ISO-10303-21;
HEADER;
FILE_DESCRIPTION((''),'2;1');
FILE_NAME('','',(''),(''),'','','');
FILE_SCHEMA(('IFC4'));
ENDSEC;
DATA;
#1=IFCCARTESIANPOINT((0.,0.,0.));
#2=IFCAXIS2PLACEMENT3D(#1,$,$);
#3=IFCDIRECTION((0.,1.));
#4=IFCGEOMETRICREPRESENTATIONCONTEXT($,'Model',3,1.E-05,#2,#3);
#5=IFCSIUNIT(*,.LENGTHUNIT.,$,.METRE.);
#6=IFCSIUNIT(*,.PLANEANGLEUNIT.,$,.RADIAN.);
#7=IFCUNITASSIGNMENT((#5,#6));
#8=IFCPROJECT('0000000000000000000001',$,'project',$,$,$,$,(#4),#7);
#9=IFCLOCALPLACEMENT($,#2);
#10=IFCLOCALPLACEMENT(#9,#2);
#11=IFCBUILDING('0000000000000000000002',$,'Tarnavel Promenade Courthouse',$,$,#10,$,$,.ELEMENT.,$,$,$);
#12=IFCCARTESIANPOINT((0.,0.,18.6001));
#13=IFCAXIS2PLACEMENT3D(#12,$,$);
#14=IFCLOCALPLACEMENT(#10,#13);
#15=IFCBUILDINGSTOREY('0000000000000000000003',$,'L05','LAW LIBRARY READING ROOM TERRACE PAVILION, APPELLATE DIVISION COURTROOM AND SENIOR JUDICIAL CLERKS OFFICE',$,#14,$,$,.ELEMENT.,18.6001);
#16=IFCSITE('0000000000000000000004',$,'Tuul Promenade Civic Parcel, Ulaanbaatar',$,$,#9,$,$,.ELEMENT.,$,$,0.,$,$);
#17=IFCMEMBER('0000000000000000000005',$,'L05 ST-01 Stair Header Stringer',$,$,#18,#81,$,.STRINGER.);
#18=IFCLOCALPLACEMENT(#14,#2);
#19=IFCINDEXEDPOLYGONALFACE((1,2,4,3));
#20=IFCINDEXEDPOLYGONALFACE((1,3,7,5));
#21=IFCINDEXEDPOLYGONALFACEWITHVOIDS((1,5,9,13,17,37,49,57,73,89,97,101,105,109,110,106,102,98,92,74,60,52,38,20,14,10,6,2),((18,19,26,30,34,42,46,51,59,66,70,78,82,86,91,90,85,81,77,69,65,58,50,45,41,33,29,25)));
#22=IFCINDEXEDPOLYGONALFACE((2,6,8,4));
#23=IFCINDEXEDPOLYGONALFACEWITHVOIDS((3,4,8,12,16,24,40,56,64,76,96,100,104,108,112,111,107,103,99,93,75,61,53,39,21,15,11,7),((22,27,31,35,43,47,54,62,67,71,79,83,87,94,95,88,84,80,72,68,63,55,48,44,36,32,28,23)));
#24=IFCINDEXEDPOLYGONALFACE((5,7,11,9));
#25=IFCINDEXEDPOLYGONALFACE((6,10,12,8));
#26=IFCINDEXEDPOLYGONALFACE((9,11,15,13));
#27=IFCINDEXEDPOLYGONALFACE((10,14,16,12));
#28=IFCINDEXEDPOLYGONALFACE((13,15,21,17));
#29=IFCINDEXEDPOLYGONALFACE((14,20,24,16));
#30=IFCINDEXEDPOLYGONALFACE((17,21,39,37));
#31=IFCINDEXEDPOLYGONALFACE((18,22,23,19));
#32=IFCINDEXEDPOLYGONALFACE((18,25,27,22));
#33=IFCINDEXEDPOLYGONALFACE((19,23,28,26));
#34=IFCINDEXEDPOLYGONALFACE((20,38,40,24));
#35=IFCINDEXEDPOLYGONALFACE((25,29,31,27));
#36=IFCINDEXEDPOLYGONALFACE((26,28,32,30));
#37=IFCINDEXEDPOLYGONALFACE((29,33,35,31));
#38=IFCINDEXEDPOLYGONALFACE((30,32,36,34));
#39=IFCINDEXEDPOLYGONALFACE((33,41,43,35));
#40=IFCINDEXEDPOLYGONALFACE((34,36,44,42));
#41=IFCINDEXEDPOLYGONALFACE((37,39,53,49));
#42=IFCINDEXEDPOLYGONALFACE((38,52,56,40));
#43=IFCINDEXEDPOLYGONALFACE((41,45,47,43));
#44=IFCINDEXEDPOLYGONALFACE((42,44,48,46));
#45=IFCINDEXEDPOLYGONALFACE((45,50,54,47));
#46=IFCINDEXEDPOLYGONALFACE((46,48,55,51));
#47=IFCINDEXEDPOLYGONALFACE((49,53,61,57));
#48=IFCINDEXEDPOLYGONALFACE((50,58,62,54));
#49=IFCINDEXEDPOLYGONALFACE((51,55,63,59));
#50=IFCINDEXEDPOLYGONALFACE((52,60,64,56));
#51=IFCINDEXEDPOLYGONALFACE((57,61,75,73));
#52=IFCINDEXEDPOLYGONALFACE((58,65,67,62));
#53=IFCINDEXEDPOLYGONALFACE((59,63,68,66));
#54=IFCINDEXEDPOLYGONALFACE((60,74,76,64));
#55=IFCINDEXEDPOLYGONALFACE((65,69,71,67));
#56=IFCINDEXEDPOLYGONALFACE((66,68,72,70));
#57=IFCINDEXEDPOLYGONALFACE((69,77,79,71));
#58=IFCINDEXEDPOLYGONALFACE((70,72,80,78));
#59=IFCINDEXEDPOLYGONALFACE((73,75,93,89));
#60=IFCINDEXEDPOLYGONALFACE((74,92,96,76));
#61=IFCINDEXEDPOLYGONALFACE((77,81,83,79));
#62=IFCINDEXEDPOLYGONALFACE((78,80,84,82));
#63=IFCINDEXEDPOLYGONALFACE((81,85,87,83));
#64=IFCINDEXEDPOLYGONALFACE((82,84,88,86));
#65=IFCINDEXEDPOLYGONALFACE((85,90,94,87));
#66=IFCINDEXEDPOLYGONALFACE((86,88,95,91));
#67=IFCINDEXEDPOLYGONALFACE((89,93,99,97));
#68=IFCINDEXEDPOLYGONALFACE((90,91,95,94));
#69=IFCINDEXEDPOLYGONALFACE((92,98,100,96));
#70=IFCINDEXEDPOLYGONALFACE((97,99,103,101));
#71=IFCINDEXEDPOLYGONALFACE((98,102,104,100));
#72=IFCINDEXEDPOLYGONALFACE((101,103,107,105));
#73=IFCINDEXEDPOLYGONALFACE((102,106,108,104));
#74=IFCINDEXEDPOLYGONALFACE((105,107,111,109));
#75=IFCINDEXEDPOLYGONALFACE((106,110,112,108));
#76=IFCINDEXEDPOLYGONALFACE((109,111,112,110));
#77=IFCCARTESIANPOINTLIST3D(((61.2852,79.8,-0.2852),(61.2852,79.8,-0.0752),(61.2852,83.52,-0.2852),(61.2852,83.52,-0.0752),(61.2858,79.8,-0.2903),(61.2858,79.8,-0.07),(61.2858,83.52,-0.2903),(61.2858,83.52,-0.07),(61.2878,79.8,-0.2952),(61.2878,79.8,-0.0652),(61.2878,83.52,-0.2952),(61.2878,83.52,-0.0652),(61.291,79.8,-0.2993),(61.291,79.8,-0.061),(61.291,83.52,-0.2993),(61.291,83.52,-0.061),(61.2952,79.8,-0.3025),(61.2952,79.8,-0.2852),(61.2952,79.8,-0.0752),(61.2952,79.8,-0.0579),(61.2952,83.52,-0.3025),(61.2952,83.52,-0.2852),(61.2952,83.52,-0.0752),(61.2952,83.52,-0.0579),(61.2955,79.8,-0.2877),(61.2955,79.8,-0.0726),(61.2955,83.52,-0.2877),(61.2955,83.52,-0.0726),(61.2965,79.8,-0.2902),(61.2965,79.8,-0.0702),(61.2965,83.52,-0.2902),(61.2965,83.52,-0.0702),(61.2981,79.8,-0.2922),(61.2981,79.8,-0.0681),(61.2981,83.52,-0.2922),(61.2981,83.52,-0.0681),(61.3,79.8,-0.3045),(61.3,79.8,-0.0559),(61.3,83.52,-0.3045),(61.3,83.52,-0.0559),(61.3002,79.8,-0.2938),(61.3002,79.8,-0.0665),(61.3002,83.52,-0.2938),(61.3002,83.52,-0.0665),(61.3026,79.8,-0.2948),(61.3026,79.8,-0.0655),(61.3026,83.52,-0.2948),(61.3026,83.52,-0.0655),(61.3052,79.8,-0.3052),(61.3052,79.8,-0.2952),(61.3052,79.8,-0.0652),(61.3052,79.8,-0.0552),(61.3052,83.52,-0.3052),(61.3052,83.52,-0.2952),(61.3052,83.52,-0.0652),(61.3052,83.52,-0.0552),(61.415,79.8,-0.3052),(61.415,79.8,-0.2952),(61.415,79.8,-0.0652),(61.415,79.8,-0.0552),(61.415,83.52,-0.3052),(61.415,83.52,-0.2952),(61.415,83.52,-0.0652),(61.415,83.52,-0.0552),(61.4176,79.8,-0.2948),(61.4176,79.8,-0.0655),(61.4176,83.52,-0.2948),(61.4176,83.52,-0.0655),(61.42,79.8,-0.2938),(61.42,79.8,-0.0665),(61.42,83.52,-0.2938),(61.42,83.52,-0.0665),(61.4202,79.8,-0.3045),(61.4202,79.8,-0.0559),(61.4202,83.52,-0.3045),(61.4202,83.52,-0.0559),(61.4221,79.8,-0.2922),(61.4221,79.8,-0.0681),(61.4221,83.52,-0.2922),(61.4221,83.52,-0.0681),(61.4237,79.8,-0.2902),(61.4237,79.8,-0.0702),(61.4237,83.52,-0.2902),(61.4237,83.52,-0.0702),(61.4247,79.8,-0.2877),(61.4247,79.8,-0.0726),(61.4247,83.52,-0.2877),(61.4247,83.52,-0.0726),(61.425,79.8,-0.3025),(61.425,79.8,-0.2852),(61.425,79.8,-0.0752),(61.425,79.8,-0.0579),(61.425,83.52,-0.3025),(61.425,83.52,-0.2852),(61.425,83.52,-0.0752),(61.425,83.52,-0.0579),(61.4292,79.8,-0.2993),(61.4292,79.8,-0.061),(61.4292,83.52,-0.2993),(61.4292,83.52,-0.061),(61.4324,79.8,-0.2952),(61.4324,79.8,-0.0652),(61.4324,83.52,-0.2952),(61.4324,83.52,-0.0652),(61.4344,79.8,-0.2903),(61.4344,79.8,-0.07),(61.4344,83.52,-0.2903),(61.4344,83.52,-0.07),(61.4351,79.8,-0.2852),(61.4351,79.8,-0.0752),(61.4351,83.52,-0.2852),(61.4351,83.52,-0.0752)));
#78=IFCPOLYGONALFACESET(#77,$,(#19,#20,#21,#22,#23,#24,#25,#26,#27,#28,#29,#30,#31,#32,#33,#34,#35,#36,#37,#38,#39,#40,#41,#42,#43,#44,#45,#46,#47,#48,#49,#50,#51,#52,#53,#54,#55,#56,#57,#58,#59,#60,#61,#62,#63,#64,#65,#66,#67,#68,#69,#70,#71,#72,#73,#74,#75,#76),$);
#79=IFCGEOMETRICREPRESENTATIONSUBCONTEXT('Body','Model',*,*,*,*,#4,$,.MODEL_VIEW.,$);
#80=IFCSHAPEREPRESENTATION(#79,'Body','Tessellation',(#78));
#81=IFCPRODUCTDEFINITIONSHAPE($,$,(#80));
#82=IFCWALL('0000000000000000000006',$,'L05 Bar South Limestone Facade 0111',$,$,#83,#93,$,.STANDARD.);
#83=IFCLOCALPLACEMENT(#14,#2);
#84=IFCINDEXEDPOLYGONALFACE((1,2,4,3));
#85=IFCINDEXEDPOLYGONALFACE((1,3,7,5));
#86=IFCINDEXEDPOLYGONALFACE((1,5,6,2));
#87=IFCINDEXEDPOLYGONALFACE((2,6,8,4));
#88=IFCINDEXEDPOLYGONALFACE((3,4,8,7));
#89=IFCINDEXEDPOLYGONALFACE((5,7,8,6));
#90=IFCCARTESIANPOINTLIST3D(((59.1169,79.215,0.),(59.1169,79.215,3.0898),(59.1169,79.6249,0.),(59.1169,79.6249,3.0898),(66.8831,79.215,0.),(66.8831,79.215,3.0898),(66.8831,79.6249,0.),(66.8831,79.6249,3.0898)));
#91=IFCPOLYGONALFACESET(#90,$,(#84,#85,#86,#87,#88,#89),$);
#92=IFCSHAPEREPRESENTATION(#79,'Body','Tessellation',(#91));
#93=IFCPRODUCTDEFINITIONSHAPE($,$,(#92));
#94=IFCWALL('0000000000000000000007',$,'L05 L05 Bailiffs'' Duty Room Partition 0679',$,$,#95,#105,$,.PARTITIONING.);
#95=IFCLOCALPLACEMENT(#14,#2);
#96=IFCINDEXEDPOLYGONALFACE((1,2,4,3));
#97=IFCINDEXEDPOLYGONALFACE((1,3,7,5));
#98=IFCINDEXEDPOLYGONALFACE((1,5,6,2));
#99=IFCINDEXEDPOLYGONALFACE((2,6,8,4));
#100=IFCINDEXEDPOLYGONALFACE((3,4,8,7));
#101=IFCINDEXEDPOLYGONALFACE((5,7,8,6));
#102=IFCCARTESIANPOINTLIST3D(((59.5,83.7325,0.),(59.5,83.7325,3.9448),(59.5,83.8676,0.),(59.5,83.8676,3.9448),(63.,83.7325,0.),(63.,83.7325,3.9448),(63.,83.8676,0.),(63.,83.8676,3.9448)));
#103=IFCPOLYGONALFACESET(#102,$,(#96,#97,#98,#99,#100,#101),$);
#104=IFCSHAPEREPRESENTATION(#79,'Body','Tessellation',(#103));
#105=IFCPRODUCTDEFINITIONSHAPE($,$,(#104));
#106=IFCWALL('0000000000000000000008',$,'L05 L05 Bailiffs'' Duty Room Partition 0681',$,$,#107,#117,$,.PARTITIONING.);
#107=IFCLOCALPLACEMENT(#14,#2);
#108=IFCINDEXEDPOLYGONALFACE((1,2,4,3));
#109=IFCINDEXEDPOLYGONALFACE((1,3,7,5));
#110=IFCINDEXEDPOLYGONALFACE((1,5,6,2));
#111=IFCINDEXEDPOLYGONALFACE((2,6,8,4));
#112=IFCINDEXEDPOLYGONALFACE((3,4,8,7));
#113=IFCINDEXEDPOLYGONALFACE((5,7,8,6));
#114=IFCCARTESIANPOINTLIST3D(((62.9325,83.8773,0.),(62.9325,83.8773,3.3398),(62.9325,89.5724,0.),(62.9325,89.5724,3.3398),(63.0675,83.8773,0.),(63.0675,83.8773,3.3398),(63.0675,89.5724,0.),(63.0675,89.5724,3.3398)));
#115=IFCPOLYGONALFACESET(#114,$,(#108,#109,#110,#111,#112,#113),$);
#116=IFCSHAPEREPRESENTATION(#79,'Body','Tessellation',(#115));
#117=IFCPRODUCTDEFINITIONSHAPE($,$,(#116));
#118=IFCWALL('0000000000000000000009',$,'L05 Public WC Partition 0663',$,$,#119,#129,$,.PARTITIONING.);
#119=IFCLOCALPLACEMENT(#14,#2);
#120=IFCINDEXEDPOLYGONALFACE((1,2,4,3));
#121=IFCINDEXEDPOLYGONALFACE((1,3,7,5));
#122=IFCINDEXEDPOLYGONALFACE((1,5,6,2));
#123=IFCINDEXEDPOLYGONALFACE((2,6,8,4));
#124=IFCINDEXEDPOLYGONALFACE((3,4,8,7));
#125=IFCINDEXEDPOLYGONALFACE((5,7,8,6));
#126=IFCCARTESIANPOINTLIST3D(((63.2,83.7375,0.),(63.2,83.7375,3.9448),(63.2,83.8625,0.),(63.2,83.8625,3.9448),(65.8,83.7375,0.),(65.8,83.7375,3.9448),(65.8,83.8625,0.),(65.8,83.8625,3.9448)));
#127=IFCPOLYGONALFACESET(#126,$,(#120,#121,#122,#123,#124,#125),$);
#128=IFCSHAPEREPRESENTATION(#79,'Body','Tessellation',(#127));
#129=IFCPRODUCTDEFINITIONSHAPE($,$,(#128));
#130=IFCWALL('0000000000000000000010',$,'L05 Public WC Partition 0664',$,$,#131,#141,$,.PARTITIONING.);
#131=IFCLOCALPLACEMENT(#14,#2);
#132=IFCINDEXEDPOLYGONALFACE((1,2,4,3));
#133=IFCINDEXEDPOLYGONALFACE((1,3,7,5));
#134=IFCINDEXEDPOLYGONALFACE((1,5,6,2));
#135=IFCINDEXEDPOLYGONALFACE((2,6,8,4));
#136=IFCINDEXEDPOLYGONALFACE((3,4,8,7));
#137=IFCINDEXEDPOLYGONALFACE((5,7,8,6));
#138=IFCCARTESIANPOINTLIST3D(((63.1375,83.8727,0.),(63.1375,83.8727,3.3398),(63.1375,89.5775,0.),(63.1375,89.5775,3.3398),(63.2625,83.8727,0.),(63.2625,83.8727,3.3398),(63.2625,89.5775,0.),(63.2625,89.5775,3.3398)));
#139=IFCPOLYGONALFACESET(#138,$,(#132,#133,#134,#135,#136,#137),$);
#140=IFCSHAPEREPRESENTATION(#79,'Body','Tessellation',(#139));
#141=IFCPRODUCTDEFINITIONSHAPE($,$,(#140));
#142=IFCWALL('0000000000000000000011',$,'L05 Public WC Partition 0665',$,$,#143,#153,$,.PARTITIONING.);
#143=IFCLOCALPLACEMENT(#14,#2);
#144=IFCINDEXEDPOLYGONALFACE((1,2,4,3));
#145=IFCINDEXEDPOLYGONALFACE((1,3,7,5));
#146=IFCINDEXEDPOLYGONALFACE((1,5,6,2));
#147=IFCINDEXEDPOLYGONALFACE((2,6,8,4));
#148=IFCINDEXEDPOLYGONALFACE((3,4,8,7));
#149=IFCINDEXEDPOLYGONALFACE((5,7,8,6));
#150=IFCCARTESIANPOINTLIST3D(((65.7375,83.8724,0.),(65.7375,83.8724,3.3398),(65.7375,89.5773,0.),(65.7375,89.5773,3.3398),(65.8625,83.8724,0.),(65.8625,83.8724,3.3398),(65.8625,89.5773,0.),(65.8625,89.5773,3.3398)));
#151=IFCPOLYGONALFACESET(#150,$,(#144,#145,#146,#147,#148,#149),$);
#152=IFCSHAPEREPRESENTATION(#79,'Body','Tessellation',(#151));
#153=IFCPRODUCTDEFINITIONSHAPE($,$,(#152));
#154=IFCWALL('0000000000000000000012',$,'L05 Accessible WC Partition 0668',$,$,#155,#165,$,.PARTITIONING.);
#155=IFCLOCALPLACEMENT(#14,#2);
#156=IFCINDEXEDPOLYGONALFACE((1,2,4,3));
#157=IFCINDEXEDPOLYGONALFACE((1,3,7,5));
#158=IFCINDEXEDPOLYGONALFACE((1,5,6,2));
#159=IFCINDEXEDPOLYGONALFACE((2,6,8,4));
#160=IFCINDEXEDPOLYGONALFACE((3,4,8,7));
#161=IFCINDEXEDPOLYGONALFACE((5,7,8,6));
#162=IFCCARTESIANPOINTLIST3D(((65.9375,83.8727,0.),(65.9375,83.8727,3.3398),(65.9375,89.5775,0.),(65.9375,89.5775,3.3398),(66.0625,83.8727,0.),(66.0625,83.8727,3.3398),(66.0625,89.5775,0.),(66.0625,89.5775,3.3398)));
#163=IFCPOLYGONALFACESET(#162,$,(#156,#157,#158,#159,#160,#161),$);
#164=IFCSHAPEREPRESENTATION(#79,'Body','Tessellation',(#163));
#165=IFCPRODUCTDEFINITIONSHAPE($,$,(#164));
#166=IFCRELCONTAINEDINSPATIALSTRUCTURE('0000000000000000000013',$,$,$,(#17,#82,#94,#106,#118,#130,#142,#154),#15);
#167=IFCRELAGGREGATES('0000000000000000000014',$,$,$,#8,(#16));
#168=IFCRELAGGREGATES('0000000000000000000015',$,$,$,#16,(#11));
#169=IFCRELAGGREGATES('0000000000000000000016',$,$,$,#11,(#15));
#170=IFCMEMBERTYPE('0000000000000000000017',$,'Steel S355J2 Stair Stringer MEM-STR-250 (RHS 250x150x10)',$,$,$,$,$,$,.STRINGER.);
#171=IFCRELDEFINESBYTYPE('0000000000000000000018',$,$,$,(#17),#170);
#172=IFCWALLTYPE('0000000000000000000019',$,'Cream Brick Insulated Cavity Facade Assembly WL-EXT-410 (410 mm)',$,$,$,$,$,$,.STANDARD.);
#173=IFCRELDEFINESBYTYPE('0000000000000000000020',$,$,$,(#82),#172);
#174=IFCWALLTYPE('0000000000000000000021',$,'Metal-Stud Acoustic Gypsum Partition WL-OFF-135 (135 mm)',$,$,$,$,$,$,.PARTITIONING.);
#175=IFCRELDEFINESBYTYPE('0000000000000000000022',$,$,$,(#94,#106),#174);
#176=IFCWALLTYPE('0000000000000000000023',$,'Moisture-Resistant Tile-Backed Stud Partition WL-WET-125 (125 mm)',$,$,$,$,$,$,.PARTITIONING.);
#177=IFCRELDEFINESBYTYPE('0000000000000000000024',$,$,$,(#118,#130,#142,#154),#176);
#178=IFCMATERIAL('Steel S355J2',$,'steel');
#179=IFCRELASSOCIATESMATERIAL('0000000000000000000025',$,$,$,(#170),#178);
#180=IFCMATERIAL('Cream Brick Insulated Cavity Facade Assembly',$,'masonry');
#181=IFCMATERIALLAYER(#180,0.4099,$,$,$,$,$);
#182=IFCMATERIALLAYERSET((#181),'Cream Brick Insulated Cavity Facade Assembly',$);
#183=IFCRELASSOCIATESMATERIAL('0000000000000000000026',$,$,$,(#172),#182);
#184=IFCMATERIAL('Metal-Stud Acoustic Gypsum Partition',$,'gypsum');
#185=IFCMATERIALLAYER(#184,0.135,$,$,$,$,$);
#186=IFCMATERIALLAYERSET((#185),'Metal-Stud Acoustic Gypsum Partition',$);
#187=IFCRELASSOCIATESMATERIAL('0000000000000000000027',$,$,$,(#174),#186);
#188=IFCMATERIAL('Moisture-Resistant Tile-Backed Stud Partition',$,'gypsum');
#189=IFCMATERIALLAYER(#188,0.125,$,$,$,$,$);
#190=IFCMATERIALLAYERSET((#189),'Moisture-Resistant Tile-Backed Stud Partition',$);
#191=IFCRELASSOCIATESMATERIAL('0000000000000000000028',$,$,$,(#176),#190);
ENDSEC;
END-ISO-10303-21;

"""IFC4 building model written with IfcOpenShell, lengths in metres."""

from ifc_helpers import new_model, si_unit, direction, frame, frame_2d, origin, origin_2d, place, context, subcontext, project, spatial, rectangle, hollow_rectangle, extrude, material, layer, layer_set, material_profile, profile_set, type_object, element, save


model = new_model("IFC4")

# Units and contexts
model_context = context("Model", 3, precision=1e-05, world=origin(), true_north=direction((0.0, 1.0)))
body_context = subcontext(model_context, "Body", "Model", "MODEL_VIEW")
ifc_project = project(units=[si_unit("LENGTHUNIT", "METRE"), si_unit("PLANEANGLEUNIT", "RADIAN")], contexts=[model_context])

# Site, building, storey
site_placement = place(None, origin())
site = spatial("IfcSite", under=ifc_project, at=site_placement, Name="Tuul Promenade Civic Parcel, Ulaanbaatar", CompositionType="ELEMENT", RefElevation=0.0)
building_placement = place(site_placement, origin())
building = spatial("IfcBuilding", under=site, at=building_placement, Name="Tarnavel Promenade Courthouse", CompositionType="ELEMENT")
storey_placement = place(building_placement, frame((0.0, 0.0, 18.6001)))
storey = spatial("IfcBuildingStorey", under=building, at=storey_placement, Name="L05", Description="LAW LIBRARY READING ROOM TERRACE PAVILION, APPELLATE DIVISION COURTROOM AND SENIOR JUDICIAL CLERKS OFFICE", CompositionType="ELEMENT", Elevation=18.6001)

# Member
ifc_material_1 = material(Name="Steel S355J2", Category="steel")
ifc_material_profile_1 = material_profile(ifc_material_1, hollow_rectangle(XDim=0.1499, YDim=0.25, WallThickness=0.01, InnerFilletRadius=0.01, OuterFilletRadius=0.02, at=origin_2d()), Name="RHS 250x150x10")
ifc_profile_set_1 = profile_set([ifc_material_profile_1], Name="Steel S355J2")
member_type_1 = type_object("IfcMemberType", Name="Steel S355J2 Stair Stringer MEM-STR-250 (RHS 250x150x10)", PredefinedType="STRINGER", material=ifc_profile_set_1)
member_1_placement = place(storey_placement, frame((61.3601, 79.8, -0.1802), z_axis=(0.0, 1.0, 0.0), x_axis=(-1.0, 0.0, 0.0)))
element("IfcMember", 1, at=member_1_placement, inside=storey, type_object=member_type_1, Name="L05 ST-01 Stair Header Stringer", PredefinedType="STRINGER", context=body_context, shape_type="SweptSolid", body=[
    extrude(hollow_rectangle(XDim=0.1499, YDim=0.25, WallThickness=0.01, InnerFilletRadius=0.01, OuterFilletRadius=0.02, at=origin_2d()), origin(), (0.0, 0.0, 1.0), 3.72),
])

# Walls
ifc_material_2 = material(Name="Cream Brick Insulated Cavity Facade Assembly", Category="masonry")
ifc_layer_1 = layer(ifc_material_2, 0.4099)
ifc_layer_set_1 = layer_set([ifc_layer_1], Name="Cream Brick Insulated Cavity Facade Assembly")
wall_type_1 = type_object("IfcWallType", Name="Cream Brick Insulated Cavity Facade Assembly WL-EXT-410 (410 mm)", PredefinedType="STANDARD", material=ifc_layer_set_1)
wall_1_placement = place(storey_placement, frame((66.8831, 79.4199, 0.0), z_axis=(0.0, 0.0, 1.0), x_axis=(-1.0, 0.0, 0.0)))
element("IfcWall", 2, at=wall_1_placement, inside=storey, type_object=wall_type_1, Name="L05 Bar South Limestone Facade 0111", PredefinedType="STANDARD", context=body_context, shape_type="SweptSolid", body=[
    extrude(rectangle(XDim=7.7661, YDim=0.4099, at=frame_2d((3.8831, 0.0))), origin(), (0.0, 0.0, 1.0), 3.0898),
])
ifc_material_3 = material(Name="Metal-Stud Acoustic Gypsum Partition", Category="gypsum")
ifc_layer_2 = layer(ifc_material_3, 0.135)
ifc_layer_set_2 = layer_set([ifc_layer_2], Name="Metal-Stud Acoustic Gypsum Partition")
wall_type_2 = type_object("IfcWallType", Name="Metal-Stud Acoustic Gypsum Partition WL-OFF-135 (135 mm)", PredefinedType="PARTITIONING", material=ifc_layer_set_2)
wall_2_placement = place(storey_placement, frame((63.0, 83.8, 0.0), z_axis=(0.0, 0.0, 1.0), x_axis=(-1.0, 0.0, 0.0)))
element("IfcWall", 3, at=wall_2_placement, inside=storey, type_object=wall_type_2, Name="L05 L05 Bailiffs' Duty Room Partition 0679", PredefinedType="PARTITIONING", context=body_context, shape_type="SweptSolid", body=[
    extrude(rectangle(XDim=3.5, YDim=0.135, at=frame_2d((1.75, 0.0))), origin(), (0.0, 0.0, 1.0), 3.9448),
])
wall_3_placement = place(storey_placement, frame((63.0, 89.5725, 0.0), z_axis=(0.0, 0.0, 1.0), x_axis=(0.0, -1.0, 0.0)))
element("IfcWall", 4, at=wall_3_placement, inside=storey, type_object=wall_type_2, Name="L05 L05 Bailiffs' Duty Room Partition 0681", PredefinedType="PARTITIONING", context=body_context, shape_type="SweptSolid", body=[
    extrude(rectangle(XDim=5.6951, YDim=0.135, at=frame_2d((2.8477, 0.0))), origin(), (0.0, 0.0, 1.0), 3.3398),
])
ifc_material_4 = material(Name="Moisture-Resistant Tile-Backed Stud Partition", Category="gypsum")
ifc_layer_3 = layer(ifc_material_4, 0.125)
ifc_layer_set_3 = layer_set([ifc_layer_3], Name="Moisture-Resistant Tile-Backed Stud Partition")
wall_type_3 = type_object("IfcWallType", Name="Moisture-Resistant Tile-Backed Stud Partition WL-WET-125 (125 mm)", PredefinedType="PARTITIONING", material=ifc_layer_set_3)
wall_4_placement = place(storey_placement, frame((65.8, 83.8, 0.0), z_axis=(0.0, 0.0, 1.0), x_axis=(-1.0, 0.0, 0.0)))
element("IfcWall", 5, at=wall_4_placement, inside=storey, type_object=wall_type_3, Name="L05 Public WC Partition 0663", PredefinedType="PARTITIONING", context=body_context, shape_type="SweptSolid", body=[
    extrude(rectangle(XDim=2.6001, YDim=0.125, at=frame_2d((1.3, 0.0))), origin(), (0.0, 0.0, 1.0), 3.9448),
])
for number, where, z_axis, x_axis, name in (
    (6, (63.2, 83.8726, 0.0), (0.0, 0.0, 1.0), (0.0, 1.0, 0.0), "L05 Public WC Partition 0664"),
    (7, (65.8, 89.5774, 0.0), (0.0, 0.0, 1.0), (0.0, -1.0, 0.0), "L05 Public WC Partition 0665"),
    (8, (66.0, 83.8726, 0.0), (0.0, 0.0, 1.0), (0.0, 1.0, 0.0), "L05 Accessible WC Partition 0668"),
):
    element("IfcWall", number, at=place(storey_placement, frame(where, z_axis=z_axis, x_axis=x_axis)), inside=storey, type_object=wall_type_3, Name=name, PredefinedType="PARTITIONING", context=body_context, shape_type="SweptSolid", body=[
        extrude(rectangle(XDim=5.7048, YDim=0.125, at=frame_2d((2.8525, 0.0))), origin(), (0.0, 0.0, 1.0), 3.3398),
    ])

save(model, "model.ifc")
